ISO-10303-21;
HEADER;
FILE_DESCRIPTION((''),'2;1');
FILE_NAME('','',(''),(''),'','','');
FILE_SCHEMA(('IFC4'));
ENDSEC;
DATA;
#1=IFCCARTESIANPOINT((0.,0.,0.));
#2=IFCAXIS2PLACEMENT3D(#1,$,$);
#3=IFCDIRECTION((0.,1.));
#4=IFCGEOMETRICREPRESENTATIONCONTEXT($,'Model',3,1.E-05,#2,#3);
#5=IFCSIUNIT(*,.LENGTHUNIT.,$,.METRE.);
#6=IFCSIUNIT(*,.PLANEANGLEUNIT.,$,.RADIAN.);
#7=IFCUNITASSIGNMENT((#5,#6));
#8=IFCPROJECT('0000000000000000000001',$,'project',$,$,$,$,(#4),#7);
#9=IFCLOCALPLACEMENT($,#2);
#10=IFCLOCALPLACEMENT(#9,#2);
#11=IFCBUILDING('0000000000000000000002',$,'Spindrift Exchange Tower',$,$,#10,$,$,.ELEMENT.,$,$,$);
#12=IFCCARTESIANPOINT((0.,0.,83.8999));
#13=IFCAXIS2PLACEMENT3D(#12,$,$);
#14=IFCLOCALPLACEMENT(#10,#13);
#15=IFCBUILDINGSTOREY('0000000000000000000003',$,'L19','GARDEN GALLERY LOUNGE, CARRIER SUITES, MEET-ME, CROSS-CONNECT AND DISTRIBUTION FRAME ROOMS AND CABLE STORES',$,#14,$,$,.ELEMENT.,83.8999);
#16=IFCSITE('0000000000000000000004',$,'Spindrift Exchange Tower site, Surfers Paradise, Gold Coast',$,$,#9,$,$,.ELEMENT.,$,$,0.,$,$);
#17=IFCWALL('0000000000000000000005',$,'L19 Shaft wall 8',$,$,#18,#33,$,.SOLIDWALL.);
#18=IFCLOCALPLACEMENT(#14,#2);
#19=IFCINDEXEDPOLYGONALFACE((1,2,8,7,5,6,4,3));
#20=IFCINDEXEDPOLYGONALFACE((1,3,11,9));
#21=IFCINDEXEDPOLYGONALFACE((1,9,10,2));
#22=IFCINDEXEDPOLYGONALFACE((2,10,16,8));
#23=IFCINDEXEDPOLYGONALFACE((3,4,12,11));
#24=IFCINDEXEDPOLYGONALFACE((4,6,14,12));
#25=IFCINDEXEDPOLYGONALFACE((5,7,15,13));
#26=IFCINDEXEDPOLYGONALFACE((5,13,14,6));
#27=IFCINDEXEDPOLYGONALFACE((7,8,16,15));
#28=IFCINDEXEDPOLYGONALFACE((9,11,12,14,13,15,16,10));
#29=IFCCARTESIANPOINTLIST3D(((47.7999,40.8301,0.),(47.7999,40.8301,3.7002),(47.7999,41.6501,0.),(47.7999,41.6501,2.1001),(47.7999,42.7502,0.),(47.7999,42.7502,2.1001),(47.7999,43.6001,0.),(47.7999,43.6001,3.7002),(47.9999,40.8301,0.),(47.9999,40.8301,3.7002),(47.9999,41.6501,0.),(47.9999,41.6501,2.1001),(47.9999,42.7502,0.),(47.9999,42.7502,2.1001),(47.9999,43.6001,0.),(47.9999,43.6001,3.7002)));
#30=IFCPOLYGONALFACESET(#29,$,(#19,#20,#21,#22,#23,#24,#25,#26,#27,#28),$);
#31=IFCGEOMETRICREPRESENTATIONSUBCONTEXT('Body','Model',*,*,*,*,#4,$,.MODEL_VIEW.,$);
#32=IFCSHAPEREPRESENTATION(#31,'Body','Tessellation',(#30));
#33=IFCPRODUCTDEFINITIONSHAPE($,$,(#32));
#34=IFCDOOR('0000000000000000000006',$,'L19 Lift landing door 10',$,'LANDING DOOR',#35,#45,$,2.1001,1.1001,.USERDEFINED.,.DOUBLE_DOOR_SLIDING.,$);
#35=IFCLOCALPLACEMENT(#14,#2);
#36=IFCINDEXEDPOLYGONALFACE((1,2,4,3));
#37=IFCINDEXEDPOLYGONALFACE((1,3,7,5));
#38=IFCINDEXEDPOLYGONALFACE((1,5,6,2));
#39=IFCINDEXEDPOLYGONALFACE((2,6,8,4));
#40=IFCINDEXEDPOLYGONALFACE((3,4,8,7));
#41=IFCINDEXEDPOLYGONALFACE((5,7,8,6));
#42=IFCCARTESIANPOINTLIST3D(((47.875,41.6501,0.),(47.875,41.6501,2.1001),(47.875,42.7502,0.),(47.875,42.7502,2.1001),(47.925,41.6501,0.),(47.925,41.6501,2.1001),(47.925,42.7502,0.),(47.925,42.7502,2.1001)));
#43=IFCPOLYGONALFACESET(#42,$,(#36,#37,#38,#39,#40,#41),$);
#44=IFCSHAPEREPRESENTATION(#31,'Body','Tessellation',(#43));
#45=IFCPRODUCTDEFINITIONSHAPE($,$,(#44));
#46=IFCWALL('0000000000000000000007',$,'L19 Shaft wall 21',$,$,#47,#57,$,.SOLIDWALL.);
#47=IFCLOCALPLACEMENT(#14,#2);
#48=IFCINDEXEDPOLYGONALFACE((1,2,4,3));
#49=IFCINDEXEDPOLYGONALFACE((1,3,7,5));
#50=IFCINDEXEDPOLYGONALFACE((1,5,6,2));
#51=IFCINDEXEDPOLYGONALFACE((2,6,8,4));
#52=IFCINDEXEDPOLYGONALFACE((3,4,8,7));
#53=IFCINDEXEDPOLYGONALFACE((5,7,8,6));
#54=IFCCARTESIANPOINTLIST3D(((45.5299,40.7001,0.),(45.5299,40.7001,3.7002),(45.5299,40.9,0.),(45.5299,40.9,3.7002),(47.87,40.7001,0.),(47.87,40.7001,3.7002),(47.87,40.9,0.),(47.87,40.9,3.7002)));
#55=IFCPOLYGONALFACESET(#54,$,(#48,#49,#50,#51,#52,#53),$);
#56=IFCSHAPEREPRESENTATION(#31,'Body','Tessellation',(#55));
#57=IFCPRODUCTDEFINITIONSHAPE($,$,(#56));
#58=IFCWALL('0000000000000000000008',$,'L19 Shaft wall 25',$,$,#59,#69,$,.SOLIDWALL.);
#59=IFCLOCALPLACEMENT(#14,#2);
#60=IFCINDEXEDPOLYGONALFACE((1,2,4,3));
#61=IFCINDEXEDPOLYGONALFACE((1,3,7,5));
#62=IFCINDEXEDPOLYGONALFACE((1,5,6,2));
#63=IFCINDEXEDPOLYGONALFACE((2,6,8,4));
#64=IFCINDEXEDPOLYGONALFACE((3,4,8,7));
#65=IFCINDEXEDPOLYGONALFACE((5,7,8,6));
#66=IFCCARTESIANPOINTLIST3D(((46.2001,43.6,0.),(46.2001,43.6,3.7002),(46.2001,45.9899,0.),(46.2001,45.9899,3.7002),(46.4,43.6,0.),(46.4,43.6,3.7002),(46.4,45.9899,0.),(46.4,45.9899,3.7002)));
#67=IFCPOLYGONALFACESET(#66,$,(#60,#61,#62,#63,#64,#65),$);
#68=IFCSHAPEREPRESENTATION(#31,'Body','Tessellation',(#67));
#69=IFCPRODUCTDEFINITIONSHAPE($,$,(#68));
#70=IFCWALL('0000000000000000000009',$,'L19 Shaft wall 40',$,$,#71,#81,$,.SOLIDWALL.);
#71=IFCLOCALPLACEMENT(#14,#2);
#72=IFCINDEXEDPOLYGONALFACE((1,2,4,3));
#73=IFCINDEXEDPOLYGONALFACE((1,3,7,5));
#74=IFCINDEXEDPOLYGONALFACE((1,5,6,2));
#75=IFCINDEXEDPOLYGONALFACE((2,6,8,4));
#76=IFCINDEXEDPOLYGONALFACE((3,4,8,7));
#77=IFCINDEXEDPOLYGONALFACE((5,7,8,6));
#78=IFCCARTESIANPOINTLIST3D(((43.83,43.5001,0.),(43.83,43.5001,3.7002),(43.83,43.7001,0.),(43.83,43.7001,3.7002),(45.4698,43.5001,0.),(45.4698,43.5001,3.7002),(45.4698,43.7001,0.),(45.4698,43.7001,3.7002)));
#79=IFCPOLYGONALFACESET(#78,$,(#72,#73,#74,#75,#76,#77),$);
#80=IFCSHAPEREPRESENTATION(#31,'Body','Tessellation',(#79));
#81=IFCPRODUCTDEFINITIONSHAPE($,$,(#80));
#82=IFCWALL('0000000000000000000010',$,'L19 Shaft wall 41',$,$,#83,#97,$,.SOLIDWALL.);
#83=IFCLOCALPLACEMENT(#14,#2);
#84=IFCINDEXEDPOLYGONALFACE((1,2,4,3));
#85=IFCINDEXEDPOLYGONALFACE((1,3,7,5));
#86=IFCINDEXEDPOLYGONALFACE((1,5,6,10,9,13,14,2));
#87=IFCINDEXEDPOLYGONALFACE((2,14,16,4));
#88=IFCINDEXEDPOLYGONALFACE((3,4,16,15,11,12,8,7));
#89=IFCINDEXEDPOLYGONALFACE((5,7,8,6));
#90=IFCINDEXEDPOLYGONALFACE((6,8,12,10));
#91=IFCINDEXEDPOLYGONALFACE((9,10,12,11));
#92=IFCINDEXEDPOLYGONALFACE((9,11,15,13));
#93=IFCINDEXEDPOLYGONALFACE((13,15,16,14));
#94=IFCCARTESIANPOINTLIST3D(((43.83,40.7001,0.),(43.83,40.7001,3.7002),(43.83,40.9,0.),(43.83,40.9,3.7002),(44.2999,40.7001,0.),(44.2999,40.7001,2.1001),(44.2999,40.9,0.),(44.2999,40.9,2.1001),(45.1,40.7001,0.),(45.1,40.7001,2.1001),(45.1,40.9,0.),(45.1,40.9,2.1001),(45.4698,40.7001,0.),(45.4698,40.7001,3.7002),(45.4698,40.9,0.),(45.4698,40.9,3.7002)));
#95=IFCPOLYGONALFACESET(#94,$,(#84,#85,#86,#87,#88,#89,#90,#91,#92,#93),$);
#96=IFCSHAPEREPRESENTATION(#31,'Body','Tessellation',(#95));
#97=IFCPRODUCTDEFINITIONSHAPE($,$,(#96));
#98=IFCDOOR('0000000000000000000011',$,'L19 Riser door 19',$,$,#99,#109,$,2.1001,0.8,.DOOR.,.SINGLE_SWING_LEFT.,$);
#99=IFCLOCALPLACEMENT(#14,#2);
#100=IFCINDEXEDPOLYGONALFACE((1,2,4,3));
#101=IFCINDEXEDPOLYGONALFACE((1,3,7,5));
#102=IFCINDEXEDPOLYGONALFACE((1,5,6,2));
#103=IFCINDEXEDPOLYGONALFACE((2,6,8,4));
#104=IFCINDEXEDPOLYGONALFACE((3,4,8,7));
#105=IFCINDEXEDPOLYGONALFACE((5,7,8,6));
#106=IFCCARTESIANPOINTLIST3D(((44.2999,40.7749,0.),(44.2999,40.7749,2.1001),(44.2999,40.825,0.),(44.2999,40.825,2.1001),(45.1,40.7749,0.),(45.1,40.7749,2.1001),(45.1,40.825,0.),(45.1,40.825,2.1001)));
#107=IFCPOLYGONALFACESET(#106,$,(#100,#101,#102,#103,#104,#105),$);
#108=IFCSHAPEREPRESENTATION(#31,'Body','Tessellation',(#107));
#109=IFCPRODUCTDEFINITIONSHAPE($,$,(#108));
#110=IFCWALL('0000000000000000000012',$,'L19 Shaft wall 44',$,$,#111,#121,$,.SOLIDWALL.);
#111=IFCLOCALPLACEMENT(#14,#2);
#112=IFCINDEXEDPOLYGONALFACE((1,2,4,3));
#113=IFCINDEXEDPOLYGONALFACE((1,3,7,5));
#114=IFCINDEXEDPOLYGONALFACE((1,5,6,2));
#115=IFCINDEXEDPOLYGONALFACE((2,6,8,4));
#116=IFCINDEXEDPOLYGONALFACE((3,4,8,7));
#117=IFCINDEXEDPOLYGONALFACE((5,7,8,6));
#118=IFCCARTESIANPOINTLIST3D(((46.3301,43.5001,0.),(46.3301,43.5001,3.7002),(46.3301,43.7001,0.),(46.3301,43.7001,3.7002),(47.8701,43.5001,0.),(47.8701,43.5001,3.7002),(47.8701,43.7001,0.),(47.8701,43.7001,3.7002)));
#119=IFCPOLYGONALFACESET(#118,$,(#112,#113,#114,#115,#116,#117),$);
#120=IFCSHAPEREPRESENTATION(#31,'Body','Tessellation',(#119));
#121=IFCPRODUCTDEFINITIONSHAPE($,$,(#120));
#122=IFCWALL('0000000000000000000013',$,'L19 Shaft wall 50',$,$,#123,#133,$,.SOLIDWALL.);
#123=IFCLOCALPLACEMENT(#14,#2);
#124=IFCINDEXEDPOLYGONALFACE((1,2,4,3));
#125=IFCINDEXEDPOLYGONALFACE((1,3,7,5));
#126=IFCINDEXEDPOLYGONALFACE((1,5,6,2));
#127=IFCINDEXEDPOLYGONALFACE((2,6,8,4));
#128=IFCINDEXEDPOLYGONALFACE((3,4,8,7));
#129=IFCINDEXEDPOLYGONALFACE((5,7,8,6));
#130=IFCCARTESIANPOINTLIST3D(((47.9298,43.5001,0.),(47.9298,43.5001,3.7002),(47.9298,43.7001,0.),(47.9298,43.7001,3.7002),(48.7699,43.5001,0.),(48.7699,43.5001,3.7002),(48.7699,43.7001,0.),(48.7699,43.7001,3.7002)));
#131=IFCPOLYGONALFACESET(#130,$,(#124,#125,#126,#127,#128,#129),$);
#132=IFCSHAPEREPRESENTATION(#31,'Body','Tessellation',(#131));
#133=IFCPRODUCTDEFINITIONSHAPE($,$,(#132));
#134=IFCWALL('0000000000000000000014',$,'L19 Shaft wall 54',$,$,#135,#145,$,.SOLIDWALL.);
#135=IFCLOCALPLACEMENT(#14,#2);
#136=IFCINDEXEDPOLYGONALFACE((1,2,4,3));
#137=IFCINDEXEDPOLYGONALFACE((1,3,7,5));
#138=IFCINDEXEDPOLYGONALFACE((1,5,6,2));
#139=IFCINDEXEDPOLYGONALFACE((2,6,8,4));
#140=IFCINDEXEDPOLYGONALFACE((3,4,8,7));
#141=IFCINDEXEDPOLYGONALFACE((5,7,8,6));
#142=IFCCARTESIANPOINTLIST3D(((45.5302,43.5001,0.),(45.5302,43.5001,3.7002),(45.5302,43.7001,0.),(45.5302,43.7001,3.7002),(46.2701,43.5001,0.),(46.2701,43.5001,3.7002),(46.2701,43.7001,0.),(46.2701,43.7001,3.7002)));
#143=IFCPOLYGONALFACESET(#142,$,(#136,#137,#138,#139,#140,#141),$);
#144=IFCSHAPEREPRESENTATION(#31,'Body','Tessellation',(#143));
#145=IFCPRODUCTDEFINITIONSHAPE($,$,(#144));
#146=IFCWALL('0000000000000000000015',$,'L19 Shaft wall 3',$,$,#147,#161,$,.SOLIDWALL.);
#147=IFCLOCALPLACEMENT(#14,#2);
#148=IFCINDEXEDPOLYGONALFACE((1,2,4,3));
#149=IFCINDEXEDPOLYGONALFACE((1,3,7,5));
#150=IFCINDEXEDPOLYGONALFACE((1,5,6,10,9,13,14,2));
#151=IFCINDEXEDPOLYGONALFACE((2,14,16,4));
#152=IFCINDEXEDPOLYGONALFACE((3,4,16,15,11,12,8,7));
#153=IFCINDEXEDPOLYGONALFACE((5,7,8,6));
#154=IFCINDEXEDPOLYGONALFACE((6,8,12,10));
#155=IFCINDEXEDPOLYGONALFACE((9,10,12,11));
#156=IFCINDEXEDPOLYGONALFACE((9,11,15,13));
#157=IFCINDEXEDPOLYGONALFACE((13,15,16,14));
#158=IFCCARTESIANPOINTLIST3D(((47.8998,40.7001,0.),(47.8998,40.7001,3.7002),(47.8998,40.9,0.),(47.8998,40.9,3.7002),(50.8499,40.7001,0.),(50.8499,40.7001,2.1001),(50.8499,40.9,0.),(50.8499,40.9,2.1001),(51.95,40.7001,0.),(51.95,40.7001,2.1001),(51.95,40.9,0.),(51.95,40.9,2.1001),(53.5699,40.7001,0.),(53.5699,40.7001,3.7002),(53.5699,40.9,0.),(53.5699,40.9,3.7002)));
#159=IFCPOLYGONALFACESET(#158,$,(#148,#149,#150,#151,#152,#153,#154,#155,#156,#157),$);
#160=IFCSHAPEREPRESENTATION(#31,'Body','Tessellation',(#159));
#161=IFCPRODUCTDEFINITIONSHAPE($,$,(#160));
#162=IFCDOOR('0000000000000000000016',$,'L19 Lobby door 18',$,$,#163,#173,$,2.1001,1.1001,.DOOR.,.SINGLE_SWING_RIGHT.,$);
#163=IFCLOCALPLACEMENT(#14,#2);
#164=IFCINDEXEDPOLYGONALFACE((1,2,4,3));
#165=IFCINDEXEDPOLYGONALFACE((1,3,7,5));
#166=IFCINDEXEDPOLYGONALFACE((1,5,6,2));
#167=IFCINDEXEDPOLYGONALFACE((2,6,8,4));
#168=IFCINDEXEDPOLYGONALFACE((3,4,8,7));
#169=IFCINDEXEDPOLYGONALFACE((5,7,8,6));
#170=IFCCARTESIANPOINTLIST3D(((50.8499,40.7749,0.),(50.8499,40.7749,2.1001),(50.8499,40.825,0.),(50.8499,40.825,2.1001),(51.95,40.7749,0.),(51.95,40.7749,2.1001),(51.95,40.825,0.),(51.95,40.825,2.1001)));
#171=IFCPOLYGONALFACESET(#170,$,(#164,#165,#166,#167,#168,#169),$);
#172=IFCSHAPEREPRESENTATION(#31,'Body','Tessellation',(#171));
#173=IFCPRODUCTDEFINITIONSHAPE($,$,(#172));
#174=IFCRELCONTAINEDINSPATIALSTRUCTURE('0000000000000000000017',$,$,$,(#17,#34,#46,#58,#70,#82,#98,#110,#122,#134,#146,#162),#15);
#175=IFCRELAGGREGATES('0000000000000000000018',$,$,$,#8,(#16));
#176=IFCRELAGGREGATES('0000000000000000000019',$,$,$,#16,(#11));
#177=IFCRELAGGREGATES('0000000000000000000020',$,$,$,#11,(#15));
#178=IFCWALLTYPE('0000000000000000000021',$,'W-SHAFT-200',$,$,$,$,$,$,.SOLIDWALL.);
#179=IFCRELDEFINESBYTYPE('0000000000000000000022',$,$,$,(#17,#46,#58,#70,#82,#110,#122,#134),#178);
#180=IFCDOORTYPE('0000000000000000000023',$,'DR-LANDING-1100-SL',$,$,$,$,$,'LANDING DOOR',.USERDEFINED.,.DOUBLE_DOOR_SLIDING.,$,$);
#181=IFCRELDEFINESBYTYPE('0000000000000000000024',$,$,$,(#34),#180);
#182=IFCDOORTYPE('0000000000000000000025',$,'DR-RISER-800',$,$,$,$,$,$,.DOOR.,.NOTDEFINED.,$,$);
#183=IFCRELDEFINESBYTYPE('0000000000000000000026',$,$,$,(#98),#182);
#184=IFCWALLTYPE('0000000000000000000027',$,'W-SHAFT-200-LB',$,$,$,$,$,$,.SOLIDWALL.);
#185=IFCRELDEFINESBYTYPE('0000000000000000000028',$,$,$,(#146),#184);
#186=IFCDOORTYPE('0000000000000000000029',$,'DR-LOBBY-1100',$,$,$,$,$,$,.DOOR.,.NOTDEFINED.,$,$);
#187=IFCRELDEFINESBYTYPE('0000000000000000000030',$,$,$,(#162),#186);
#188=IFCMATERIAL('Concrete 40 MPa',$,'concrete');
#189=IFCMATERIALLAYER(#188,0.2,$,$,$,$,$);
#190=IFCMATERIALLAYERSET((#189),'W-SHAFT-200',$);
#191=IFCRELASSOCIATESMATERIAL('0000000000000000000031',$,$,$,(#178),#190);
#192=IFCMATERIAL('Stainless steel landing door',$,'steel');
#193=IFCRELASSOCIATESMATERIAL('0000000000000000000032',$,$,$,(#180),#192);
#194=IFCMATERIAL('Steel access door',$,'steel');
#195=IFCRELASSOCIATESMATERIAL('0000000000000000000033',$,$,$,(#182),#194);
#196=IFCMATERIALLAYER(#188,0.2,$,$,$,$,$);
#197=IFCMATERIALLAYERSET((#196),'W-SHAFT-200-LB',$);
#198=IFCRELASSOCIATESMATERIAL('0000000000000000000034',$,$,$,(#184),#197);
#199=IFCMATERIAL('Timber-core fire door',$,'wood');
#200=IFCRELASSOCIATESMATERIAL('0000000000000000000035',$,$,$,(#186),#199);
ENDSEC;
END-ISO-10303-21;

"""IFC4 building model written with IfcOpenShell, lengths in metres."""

from ifc_helpers import new_model, si_unit, direction, frame, frame_2d, origin, place, context, subcontext, project, spatial, rectangle, extrude, source, transform, mapped, material, layer, layer_set, type_object, element, fill, save


model = new_model("IFC4")

# Units and contexts
model_context = context("Model", 3, precision=1e-05, world=origin(), true_north=direction((0.0, 1.0)))
body_context = subcontext(model_context, "Body", "Model", "MODEL_VIEW")
ifc_project = project(units=[si_unit("LENGTHUNIT", "METRE"), si_unit("PLANEANGLEUNIT", "RADIAN")], contexts=[model_context])

# Site, building, storey
site_placement = place(None, origin())
site = spatial("IfcSite", under=ifc_project, at=site_placement, Name="Spindrift Exchange Tower site, Surfers Paradise, Gold Coast", CompositionType="ELEMENT", RefElevation=0.0)
building_placement = place(site_placement, origin())
building = spatial("IfcBuilding", under=site, at=building_placement, Name="Spindrift Exchange Tower", CompositionType="ELEMENT")
storey_placement = place(building_placement, frame((0.0, 0.0, 83.8999)))
storey = spatial("IfcBuildingStorey", under=building, at=storey_placement, Name="L19", Description="GARDEN GALLERY LOUNGE, CARRIER SUITES, MEET-ME, CROSS-CONNECT AND DISTRIBUTION FRAME ROOMS AND CABLE STORES", CompositionType="ELEMENT", Elevation=83.8999)

# Shared definitions
ifc_material_1 = material(Name="Concrete 40 MPa", Category="concrete")
ifc_layer_1 = layer(ifc_material_1, 0.2)
ifc_layer_set_1 = layer_set([ifc_layer_1], Name="W-SHAFT-200")
wall_type_1 = type_object("IfcWallType", Name="W-SHAFT-200", PredefinedType="SOLIDWALL", material=ifc_layer_set_1)

# Wall, opening, door
wall_1_placement = place(storey_placement, frame((47.8999, 40.8301, 0.0), z_axis=(0.0, 0.0, 1.0), x_axis=(0.0, 1.0, 0.0)))
wall_1 = element("IfcWall", 1, at=wall_1_placement, inside=storey, type_object=wall_type_1, Name="L19 Shaft wall 8", PredefinedType="SOLIDWALL", context=body_context, shape_type="SweptSolid", body=[
    extrude(rectangle(XDim=2.77, YDim=0.2, at=frame_2d((1.385, 0.0))), origin(), (0.0, 0.0, 1.0), 3.7002),
])
opening_1_placement = place(wall_1_placement, frame((0.8201, 0.0, 0.0)))
opening_1 = element("IfcOpeningElement", 2, at=opening_1_placement, cuts=wall_1, PredefinedType="OPENING", context=body_context, shape_type="SweptSolid", body=[
    extrude(rectangle(XDim=1.1001, YDim=2.1001, at=frame_2d((0.55, 1.05))), frame((0.0, 0.1099, 0.0), z_axis=(0.0, -1.0, 0.0), x_axis=(1.0, 0.0, 0.0)), (0.0, 0.0, 1.0), 0.22),
])
ifc_material_2 = material(Name="Stainless steel landing door", Category="steel")
door_type_1 = type_object("IfcDoorType", Name="DR-LANDING-1100-SL", ElementType="LANDING DOOR", OperationType="DOUBLE_DOOR_SLIDING", PredefinedType="USERDEFINED", material=ifc_material_2)
shared_shape_1 = source(origin(), body_context, "Body", "SweptSolid", [
    extrude(rectangle(XDim=1.1001, YDim=2.1001, at=frame_2d((0.55, 1.05))), frame((0.0, 0.0249, 0.0), z_axis=(0.0, -1.0, 0.0), x_axis=(1.0, 0.0, 0.0)), (0.0, 0.0, 1.0), 0.05),
])
door_1_placement = place(opening_1_placement, origin())
door_1 = element("IfcDoor", 3, at=door_1_placement, inside=storey, type_object=door_type_1, Name="L19 Lift landing door 10", ObjectType="LANDING DOOR", OperationType="DOUBLE_DOOR_SLIDING", OverallHeight=2.1001, OverallWidth=1.1001, PredefinedType="USERDEFINED", context=body_context, shape_type="MappedRepresentation", body=[
    mapped(shared_shape_1, transform((0.0, 0.0, 0.0), scale=1.0)),
])
fill(opening_1, door_1)

# Walls
wall_2_placement = place(storey_placement, frame((45.53, 40.8, 0.0), z_axis=(0.0, 0.0, 1.0), x_axis=(1.0, 0.0, 0.0)))
element("IfcWall", 4, at=wall_2_placement, inside=storey, type_object=wall_type_1, Name="L19 Shaft wall 21", PredefinedType="SOLIDWALL", context=body_context, shape_type="SweptSolid", body=[
    extrude(rectangle(XDim=2.3401, YDim=0.2, at=frame_2d((1.1699, 0.0))), origin(), (0.0, 0.0, 1.0), 3.7002),
])
wall_3_placement = place(storey_placement, frame((46.3, 43.6001, 0.0), z_axis=(0.0, 0.0, 1.0), x_axis=(0.0, 1.0, 0.0)))
element("IfcWall", 5, at=wall_3_placement, inside=storey, type_object=wall_type_1, Name="L19 Shaft wall 25", PredefinedType="SOLIDWALL", context=body_context, shape_type="SweptSolid", body=[
    extrude(rectangle(XDim=2.3899, YDim=0.2, at=frame_2d((1.1948, 0.0))), origin(), (0.0, 0.0, 1.0), 3.7002),
])
wall_4_placement = place(storey_placement, frame((43.8301, 43.6001, 0.0), z_axis=(0.0, 0.0, 1.0), x_axis=(1.0, 0.0, 0.0)))
element("IfcWall", 6, at=wall_4_placement, inside=storey, type_object=wall_type_1, Name="L19 Shaft wall 40", PredefinedType="SOLIDWALL", context=body_context, shape_type="SweptSolid", body=[
    extrude(rectangle(XDim=1.6399, YDim=0.2, at=frame_2d((0.8198, 0.0))), origin(), (0.0, 0.0, 1.0), 3.7002),
])

# Wall, opening, door
wall_5_placement = place(storey_placement, frame((43.8301, 40.8, 0.0), z_axis=(0.0, 0.0, 1.0), x_axis=(1.0, 0.0, 0.0)))
wall_5 = element("IfcWall", 7, at=wall_5_placement, inside=storey, type_object=wall_type_1, Name="L19 Shaft wall 41", PredefinedType="SOLIDWALL", context=body_context, shape_type="SweptSolid", body=[
    extrude(rectangle(XDim=1.6399, YDim=0.2, at=frame_2d((0.8198, 0.0))), origin(), (0.0, 0.0, 1.0), 3.7002),
])
opening_2_placement = place(wall_5_placement, frame((0.47, 0.0, 0.0)))
opening_2 = element("IfcOpeningElement", 8, at=opening_2_placement, cuts=wall_5, PredefinedType="OPENING", context=body_context, shape_type="SweptSolid", body=[
    extrude(rectangle(XDim=0.8, YDim=2.1001, at=frame_2d((0.3999, 1.05))), frame((0.0, 0.1099, 0.0), z_axis=(0.0, -1.0, 0.0), x_axis=(1.0, 0.0, 0.0)), (0.0, 0.0, 1.0), 0.22),
])
ifc_material_3 = material(Name="Steel access door", Category="steel")
door_type_2 = type_object("IfcDoorType", Name="DR-RISER-800", OperationType="NOTDEFINED", PredefinedType="DOOR", material=ifc_material_3)
shared_shape_2 = source(origin(), body_context, "Body", "SweptSolid", [
    extrude(rectangle(XDim=0.8, YDim=2.1001, at=frame_2d((0.3999, 1.05))), frame((0.0, 0.0249, 0.0), z_axis=(0.0, -1.0, 0.0), x_axis=(1.0, 0.0, 0.0)), (0.0, 0.0, 1.0), 0.05),
])
door_2_placement = place(opening_2_placement, origin())
door_2 = element("IfcDoor", 9, at=door_2_placement, inside=storey, type_object=door_type_2, Name="L19 Riser door 19", OperationType="SINGLE_SWING_LEFT", OverallHeight=2.1001, OverallWidth=0.8, PredefinedType="DOOR", context=body_context, shape_type="MappedRepresentation", body=[
    mapped(shared_shape_2, transform((0.0, 0.0, 0.0), scale=1.0)),
])
fill(opening_2, door_2)

# Walls
wall_6_placement = place(storey_placement, frame((46.3301, 43.6001, 0.0), z_axis=(0.0, 0.0, 1.0), x_axis=(1.0, 0.0, 0.0)))
element("IfcWall", 10, at=wall_6_placement, inside=storey, type_object=wall_type_1, Name="L19 Shaft wall 44", PredefinedType="SOLIDWALL", context=body_context, shape_type="SweptSolid", body=[
    extrude(rectangle(XDim=1.54, YDim=0.2, at=frame_2d((0.77, 0.0))), origin(), (0.0, 0.0, 1.0), 3.7002),
])
wall_7_placement = place(storey_placement, frame((47.9299, 43.6001, 0.0), z_axis=(0.0, 0.0, 1.0), x_axis=(1.0, 0.0, 0.0)))
element("IfcWall", 11, at=wall_7_placement, inside=storey, type_object=wall_type_1, Name="L19 Shaft wall 50", PredefinedType="SOLIDWALL", context=body_context, shape_type="SweptSolid", body=[
    extrude(rectangle(XDim=0.8401, YDim=0.2, at=frame_2d((0.4199, 0.0))), origin(), (0.0, 0.0, 1.0), 3.7002),
])
wall_8_placement = place(storey_placement, frame((45.53, 43.6001, 0.0), z_axis=(0.0, 0.0, 1.0), x_axis=(1.0, 0.0, 0.0)))
element("IfcWall", 12, at=wall_8_placement, inside=storey, type_object=wall_type_1, Name="L19 Shaft wall 54", PredefinedType="SOLIDWALL", context=body_context, shape_type="SweptSolid", body=[
    extrude(rectangle(XDim=0.74, YDim=0.2, at=frame_2d((0.3701, 0.0))), origin(), (0.0, 0.0, 1.0), 3.7002),
])

# Wall, opening, door
ifc_layer_2 = layer(ifc_material_1, 0.2)
ifc_layer_set_2 = layer_set([ifc_layer_2], Name="W-SHAFT-200-LB")
wall_type_2 = type_object("IfcWallType", Name="W-SHAFT-200-LB", PredefinedType="SOLIDWALL", material=ifc_layer_set_2)
wall_9_placement = place(storey_placement, frame((47.8999, 40.8, 0.0), z_axis=(0.0, 0.0, 1.0), x_axis=(1.0, 0.0, 0.0)))
wall_9 = element("IfcWall", 13, at=wall_9_placement, inside=storey, type_object=wall_type_2, Name="L19 Shaft wall 3", PredefinedType="SOLIDWALL", context=body_context, shape_type="SweptSolid", body=[
    extrude(rectangle(XDim=5.6702, YDim=0.2, at=frame_2d((2.835, 0.0))), origin(), (0.0, 0.0, 1.0), 3.7002),
])
opening_3_placement = place(wall_9_placement, frame((2.95, 0.0, 0.0)))
opening_3 = element("IfcOpeningElement", 14, at=opening_3_placement, cuts=wall_9, PredefinedType="OPENING", context=body_context, shape_type="SweptSolid", body=[
    extrude(rectangle(XDim=1.1001, YDim=2.1001, at=frame_2d((0.55, 1.05))), frame((0.0, 0.1099, 0.0), z_axis=(0.0, -1.0, 0.0), x_axis=(1.0, 0.0, 0.0)), (0.0, 0.0, 1.0), 0.22),
])
ifc_material_4 = material(Name="Timber-core fire door", Category="wood")
door_type_3 = type_object("IfcDoorType", Name="DR-LOBBY-1100", OperationType="NOTDEFINED", PredefinedType="DOOR", material=ifc_material_4)
shared_shape_3 = source(origin(), body_context, "Body", "SweptSolid", [
    extrude(rectangle(XDim=1.1001, YDim=2.1001, at=frame_2d((0.55, 1.05))), frame((0.0, 0.0249, 0.0), z_axis=(0.0, -1.0, 0.0), x_axis=(1.0, 0.0, 0.0)), (0.0, 0.0, 1.0), 0.05),
])
door_3_placement = place(opening_3_placement, origin())
door_3 = element("IfcDoor", 15, at=door_3_placement, inside=storey, type_object=door_type_3, Name="L19 Lobby door 18", OperationType="SINGLE_SWING_RIGHT", OverallHeight=2.1001, OverallWidth=1.1001, PredefinedType="DOOR", context=body_context, shape_type="MappedRepresentation", body=[
    mapped(shared_shape_3, transform((0.0, 0.0, 0.0), scale=1.0)),
])
fill(opening_3, door_3)

save(model, "model.ifc")
